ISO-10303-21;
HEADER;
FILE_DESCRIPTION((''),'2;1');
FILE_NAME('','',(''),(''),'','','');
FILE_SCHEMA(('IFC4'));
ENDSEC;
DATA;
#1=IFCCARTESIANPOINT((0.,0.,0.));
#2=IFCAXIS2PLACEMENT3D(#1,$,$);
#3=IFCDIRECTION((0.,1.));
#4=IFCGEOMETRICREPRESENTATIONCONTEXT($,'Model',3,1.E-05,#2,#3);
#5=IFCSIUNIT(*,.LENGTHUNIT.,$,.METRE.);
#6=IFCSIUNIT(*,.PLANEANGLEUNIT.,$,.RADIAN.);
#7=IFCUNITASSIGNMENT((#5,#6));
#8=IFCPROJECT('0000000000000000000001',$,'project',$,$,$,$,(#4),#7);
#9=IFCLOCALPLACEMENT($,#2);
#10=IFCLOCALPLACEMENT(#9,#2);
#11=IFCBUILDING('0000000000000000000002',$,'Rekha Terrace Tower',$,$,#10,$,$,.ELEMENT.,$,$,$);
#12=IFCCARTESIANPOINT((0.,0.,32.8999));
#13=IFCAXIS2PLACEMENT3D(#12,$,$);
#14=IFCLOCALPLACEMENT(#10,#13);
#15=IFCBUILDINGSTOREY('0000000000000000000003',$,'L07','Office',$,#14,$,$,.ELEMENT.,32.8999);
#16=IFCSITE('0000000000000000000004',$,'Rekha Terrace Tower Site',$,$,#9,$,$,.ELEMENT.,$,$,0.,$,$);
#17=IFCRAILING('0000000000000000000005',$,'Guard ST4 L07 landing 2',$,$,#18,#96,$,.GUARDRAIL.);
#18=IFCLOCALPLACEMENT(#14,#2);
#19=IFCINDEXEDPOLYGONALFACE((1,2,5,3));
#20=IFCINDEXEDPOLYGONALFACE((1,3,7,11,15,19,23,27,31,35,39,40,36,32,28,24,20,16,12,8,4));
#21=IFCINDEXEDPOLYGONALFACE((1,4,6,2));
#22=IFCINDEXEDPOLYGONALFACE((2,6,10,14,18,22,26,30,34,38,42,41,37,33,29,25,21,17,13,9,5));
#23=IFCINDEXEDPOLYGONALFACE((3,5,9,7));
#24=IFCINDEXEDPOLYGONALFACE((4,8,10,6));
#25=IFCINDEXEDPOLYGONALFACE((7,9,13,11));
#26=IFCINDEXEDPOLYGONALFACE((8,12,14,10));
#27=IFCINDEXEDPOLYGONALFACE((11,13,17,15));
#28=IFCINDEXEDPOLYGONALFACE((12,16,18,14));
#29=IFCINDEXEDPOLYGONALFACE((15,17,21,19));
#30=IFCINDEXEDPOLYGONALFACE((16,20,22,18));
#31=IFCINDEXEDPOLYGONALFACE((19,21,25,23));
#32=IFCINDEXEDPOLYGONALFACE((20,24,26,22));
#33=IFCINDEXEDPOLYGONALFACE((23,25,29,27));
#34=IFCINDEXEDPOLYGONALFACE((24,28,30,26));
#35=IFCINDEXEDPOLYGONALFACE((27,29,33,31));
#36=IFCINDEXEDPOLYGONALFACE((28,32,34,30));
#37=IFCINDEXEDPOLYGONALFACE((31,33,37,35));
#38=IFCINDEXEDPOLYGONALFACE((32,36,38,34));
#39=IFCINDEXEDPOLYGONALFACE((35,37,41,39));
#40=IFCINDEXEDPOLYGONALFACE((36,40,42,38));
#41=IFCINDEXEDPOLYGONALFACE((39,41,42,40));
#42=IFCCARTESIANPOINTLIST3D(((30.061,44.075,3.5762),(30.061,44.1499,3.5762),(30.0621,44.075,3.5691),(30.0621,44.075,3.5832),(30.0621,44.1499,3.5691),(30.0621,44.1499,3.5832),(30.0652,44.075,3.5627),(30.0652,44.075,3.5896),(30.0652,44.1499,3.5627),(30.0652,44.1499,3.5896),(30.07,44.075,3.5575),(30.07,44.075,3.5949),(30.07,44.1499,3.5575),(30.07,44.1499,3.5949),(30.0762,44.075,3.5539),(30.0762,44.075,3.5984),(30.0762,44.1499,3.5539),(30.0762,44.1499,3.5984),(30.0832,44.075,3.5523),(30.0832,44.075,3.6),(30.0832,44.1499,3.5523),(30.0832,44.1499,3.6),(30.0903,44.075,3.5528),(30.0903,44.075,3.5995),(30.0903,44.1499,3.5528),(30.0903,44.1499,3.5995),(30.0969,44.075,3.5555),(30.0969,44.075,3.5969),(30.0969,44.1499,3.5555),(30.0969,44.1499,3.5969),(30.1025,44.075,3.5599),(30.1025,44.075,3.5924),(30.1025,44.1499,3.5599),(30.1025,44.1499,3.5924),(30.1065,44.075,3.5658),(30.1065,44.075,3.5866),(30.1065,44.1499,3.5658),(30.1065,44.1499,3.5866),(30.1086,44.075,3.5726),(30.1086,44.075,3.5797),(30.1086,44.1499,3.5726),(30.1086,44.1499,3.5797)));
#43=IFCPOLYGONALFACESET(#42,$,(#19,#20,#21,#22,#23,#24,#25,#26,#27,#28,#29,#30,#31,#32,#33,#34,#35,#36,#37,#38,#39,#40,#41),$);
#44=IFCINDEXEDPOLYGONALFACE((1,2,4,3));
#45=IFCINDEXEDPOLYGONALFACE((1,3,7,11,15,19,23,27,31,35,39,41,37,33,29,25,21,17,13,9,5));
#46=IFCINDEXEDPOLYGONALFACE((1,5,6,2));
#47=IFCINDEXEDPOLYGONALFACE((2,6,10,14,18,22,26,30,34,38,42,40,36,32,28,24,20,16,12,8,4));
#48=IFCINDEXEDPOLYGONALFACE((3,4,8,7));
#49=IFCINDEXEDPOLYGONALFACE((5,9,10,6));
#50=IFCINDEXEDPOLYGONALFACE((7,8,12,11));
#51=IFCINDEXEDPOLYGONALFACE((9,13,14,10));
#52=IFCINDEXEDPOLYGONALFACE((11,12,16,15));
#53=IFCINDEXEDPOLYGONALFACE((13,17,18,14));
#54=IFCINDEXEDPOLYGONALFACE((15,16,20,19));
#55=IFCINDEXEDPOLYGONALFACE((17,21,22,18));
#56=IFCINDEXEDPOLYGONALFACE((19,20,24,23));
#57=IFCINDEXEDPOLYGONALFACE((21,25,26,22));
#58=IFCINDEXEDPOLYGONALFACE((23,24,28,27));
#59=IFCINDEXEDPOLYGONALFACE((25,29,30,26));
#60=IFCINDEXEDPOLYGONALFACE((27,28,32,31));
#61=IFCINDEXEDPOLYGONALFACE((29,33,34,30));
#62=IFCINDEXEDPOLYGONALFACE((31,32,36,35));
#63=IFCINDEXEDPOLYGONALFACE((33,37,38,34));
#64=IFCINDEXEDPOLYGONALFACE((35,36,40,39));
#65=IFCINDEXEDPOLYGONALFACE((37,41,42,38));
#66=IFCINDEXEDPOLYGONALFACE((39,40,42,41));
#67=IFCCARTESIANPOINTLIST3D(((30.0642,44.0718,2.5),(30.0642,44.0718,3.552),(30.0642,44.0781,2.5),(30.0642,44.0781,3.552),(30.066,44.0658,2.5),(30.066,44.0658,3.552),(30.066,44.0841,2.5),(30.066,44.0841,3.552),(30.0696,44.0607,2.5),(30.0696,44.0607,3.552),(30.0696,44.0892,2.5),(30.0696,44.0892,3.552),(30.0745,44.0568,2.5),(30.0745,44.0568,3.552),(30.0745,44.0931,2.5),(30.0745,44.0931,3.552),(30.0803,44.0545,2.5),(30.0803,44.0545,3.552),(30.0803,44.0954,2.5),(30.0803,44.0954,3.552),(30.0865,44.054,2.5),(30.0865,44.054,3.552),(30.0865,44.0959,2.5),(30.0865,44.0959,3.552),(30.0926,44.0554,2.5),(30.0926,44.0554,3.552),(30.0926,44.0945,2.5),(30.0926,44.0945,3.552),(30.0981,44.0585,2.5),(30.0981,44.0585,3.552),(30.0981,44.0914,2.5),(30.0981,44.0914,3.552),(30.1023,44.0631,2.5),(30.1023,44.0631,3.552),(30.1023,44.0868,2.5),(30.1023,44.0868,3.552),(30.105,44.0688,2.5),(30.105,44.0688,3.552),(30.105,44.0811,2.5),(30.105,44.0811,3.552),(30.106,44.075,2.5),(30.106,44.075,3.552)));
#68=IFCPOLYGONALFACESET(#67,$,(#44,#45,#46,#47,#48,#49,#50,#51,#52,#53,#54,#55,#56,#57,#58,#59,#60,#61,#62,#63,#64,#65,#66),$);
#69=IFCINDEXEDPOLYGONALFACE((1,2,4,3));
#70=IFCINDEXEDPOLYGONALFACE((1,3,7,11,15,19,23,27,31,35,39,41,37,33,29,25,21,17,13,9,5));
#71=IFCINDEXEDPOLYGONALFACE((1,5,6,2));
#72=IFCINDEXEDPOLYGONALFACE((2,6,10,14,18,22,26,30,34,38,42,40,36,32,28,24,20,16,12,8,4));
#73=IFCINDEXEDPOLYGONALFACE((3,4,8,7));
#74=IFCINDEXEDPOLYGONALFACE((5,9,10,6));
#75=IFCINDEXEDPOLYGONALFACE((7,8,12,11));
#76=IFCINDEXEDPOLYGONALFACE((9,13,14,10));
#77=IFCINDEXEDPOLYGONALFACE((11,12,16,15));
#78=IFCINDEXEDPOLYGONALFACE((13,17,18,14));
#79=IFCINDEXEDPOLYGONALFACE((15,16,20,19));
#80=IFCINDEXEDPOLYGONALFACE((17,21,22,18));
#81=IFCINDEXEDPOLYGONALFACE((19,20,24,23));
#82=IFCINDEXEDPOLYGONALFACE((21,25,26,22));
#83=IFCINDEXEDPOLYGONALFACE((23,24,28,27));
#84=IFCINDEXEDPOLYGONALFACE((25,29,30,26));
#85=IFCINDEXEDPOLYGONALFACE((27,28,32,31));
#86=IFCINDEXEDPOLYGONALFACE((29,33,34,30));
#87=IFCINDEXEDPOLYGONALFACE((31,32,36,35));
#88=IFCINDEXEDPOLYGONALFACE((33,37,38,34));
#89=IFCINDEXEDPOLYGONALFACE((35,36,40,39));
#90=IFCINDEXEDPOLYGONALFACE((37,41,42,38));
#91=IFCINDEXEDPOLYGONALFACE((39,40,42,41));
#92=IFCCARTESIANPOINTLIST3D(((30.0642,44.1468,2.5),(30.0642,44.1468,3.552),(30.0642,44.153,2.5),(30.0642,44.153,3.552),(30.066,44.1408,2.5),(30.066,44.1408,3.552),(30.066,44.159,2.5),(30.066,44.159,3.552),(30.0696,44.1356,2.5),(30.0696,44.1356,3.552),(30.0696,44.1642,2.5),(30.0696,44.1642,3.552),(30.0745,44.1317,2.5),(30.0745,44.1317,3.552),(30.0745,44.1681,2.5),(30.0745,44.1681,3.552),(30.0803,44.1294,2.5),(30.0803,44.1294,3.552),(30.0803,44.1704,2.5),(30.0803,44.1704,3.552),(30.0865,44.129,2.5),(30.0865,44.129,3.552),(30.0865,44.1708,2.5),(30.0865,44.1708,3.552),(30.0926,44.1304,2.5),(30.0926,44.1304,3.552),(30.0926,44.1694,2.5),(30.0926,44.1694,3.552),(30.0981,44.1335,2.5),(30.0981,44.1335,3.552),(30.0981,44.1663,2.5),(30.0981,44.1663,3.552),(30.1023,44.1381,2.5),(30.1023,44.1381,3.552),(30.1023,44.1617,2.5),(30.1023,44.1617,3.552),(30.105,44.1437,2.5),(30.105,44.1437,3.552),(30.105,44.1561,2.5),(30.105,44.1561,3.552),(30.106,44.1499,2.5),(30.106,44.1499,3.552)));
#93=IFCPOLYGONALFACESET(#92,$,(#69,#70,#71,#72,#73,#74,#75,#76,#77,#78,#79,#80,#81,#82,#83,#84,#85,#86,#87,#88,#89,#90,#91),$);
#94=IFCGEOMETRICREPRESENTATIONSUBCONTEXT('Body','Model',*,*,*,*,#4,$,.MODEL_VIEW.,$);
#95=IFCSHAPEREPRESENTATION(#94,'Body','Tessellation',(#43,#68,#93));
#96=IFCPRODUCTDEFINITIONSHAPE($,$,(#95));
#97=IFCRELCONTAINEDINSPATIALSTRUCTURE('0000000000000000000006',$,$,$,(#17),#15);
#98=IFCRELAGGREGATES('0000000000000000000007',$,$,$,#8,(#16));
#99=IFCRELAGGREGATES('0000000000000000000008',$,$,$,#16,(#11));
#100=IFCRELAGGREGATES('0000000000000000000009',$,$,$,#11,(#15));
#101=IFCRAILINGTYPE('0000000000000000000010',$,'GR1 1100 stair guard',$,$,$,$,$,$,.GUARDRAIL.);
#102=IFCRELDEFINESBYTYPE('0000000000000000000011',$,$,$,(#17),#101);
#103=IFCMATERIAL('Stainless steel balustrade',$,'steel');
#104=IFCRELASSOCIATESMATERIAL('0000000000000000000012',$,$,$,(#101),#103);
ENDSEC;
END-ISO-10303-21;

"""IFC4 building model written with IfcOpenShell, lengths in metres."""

from ifc_helpers import new_model, si_unit, direction, frame, origin, origin_2d, place, context, subcontext, project, spatial, circle, extrude, material, type_object, element, save


model = new_model("IFC4")

# Units and contexts
model_context = context("Model", 3, precision=1e-05, world=origin(), true_north=direction((0.0, 1.0)))
body_context = subcontext(model_context, "Body", "Model", "MODEL_VIEW")
ifc_project = project(units=[si_unit("LENGTHUNIT", "METRE"), si_unit("PLANEANGLEUNIT", "RADIAN")], contexts=[model_context])

# Site, building, storey
site_placement = place(None, origin())
site = spatial("IfcSite", under=ifc_project, at=site_placement, Name="Rekha Terrace Tower Site", CompositionType="ELEMENT", RefElevation=0.0)
building_placement = place(site_placement, origin())
building = spatial("IfcBuilding", under=site, at=building_placement, Name="Rekha Terrace Tower", CompositionType="ELEMENT")
storey_placement = place(building_placement, frame((0.0, 0.0, 32.8999)))
storey = spatial("IfcBuildingStorey", under=building, at=storey_placement, Name="L07", Description="Office", CompositionType="ELEMENT", Elevation=32.8999)

# Railing
ifc_material_1 = material(Name="Stainless steel balustrade", Category="steel")
railing_type_1 = type_object("IfcRailingType", Name="GR1 1100 stair guard", PredefinedType="GUARDRAIL", material=ifc_material_1)
railing_1_placement = place(storey_placement, frame((30.085, 44.075, 2.5)))
element("IfcRailing", 1, at=railing_1_placement, inside=storey, type_object=railing_type_1, Name="Guard ST4 L07 landing 2", PredefinedType="GUARDRAIL", context=body_context, shape_type="SweptSolid", body=[
    extrude(circle(Radius=0.0239, at=origin_2d()), frame((0.0, 0.0, 1.0762), z_axis=(0.0, 1.0, 0.0), x_axis=(-1.0, 0.0, 0.0)), (0.0, 0.0, 1.0), 0.075),
    extrude(circle(Radius=0.021, at=origin_2d()), origin(), (0.0, 0.0, 1.0), 1.052),
    extrude(circle(Radius=0.021, at=origin_2d()), frame((0.0, 0.075, 0.0)), (0.0, 0.0, 1.0), 1.052),
])

save(model, "model.ifc")
